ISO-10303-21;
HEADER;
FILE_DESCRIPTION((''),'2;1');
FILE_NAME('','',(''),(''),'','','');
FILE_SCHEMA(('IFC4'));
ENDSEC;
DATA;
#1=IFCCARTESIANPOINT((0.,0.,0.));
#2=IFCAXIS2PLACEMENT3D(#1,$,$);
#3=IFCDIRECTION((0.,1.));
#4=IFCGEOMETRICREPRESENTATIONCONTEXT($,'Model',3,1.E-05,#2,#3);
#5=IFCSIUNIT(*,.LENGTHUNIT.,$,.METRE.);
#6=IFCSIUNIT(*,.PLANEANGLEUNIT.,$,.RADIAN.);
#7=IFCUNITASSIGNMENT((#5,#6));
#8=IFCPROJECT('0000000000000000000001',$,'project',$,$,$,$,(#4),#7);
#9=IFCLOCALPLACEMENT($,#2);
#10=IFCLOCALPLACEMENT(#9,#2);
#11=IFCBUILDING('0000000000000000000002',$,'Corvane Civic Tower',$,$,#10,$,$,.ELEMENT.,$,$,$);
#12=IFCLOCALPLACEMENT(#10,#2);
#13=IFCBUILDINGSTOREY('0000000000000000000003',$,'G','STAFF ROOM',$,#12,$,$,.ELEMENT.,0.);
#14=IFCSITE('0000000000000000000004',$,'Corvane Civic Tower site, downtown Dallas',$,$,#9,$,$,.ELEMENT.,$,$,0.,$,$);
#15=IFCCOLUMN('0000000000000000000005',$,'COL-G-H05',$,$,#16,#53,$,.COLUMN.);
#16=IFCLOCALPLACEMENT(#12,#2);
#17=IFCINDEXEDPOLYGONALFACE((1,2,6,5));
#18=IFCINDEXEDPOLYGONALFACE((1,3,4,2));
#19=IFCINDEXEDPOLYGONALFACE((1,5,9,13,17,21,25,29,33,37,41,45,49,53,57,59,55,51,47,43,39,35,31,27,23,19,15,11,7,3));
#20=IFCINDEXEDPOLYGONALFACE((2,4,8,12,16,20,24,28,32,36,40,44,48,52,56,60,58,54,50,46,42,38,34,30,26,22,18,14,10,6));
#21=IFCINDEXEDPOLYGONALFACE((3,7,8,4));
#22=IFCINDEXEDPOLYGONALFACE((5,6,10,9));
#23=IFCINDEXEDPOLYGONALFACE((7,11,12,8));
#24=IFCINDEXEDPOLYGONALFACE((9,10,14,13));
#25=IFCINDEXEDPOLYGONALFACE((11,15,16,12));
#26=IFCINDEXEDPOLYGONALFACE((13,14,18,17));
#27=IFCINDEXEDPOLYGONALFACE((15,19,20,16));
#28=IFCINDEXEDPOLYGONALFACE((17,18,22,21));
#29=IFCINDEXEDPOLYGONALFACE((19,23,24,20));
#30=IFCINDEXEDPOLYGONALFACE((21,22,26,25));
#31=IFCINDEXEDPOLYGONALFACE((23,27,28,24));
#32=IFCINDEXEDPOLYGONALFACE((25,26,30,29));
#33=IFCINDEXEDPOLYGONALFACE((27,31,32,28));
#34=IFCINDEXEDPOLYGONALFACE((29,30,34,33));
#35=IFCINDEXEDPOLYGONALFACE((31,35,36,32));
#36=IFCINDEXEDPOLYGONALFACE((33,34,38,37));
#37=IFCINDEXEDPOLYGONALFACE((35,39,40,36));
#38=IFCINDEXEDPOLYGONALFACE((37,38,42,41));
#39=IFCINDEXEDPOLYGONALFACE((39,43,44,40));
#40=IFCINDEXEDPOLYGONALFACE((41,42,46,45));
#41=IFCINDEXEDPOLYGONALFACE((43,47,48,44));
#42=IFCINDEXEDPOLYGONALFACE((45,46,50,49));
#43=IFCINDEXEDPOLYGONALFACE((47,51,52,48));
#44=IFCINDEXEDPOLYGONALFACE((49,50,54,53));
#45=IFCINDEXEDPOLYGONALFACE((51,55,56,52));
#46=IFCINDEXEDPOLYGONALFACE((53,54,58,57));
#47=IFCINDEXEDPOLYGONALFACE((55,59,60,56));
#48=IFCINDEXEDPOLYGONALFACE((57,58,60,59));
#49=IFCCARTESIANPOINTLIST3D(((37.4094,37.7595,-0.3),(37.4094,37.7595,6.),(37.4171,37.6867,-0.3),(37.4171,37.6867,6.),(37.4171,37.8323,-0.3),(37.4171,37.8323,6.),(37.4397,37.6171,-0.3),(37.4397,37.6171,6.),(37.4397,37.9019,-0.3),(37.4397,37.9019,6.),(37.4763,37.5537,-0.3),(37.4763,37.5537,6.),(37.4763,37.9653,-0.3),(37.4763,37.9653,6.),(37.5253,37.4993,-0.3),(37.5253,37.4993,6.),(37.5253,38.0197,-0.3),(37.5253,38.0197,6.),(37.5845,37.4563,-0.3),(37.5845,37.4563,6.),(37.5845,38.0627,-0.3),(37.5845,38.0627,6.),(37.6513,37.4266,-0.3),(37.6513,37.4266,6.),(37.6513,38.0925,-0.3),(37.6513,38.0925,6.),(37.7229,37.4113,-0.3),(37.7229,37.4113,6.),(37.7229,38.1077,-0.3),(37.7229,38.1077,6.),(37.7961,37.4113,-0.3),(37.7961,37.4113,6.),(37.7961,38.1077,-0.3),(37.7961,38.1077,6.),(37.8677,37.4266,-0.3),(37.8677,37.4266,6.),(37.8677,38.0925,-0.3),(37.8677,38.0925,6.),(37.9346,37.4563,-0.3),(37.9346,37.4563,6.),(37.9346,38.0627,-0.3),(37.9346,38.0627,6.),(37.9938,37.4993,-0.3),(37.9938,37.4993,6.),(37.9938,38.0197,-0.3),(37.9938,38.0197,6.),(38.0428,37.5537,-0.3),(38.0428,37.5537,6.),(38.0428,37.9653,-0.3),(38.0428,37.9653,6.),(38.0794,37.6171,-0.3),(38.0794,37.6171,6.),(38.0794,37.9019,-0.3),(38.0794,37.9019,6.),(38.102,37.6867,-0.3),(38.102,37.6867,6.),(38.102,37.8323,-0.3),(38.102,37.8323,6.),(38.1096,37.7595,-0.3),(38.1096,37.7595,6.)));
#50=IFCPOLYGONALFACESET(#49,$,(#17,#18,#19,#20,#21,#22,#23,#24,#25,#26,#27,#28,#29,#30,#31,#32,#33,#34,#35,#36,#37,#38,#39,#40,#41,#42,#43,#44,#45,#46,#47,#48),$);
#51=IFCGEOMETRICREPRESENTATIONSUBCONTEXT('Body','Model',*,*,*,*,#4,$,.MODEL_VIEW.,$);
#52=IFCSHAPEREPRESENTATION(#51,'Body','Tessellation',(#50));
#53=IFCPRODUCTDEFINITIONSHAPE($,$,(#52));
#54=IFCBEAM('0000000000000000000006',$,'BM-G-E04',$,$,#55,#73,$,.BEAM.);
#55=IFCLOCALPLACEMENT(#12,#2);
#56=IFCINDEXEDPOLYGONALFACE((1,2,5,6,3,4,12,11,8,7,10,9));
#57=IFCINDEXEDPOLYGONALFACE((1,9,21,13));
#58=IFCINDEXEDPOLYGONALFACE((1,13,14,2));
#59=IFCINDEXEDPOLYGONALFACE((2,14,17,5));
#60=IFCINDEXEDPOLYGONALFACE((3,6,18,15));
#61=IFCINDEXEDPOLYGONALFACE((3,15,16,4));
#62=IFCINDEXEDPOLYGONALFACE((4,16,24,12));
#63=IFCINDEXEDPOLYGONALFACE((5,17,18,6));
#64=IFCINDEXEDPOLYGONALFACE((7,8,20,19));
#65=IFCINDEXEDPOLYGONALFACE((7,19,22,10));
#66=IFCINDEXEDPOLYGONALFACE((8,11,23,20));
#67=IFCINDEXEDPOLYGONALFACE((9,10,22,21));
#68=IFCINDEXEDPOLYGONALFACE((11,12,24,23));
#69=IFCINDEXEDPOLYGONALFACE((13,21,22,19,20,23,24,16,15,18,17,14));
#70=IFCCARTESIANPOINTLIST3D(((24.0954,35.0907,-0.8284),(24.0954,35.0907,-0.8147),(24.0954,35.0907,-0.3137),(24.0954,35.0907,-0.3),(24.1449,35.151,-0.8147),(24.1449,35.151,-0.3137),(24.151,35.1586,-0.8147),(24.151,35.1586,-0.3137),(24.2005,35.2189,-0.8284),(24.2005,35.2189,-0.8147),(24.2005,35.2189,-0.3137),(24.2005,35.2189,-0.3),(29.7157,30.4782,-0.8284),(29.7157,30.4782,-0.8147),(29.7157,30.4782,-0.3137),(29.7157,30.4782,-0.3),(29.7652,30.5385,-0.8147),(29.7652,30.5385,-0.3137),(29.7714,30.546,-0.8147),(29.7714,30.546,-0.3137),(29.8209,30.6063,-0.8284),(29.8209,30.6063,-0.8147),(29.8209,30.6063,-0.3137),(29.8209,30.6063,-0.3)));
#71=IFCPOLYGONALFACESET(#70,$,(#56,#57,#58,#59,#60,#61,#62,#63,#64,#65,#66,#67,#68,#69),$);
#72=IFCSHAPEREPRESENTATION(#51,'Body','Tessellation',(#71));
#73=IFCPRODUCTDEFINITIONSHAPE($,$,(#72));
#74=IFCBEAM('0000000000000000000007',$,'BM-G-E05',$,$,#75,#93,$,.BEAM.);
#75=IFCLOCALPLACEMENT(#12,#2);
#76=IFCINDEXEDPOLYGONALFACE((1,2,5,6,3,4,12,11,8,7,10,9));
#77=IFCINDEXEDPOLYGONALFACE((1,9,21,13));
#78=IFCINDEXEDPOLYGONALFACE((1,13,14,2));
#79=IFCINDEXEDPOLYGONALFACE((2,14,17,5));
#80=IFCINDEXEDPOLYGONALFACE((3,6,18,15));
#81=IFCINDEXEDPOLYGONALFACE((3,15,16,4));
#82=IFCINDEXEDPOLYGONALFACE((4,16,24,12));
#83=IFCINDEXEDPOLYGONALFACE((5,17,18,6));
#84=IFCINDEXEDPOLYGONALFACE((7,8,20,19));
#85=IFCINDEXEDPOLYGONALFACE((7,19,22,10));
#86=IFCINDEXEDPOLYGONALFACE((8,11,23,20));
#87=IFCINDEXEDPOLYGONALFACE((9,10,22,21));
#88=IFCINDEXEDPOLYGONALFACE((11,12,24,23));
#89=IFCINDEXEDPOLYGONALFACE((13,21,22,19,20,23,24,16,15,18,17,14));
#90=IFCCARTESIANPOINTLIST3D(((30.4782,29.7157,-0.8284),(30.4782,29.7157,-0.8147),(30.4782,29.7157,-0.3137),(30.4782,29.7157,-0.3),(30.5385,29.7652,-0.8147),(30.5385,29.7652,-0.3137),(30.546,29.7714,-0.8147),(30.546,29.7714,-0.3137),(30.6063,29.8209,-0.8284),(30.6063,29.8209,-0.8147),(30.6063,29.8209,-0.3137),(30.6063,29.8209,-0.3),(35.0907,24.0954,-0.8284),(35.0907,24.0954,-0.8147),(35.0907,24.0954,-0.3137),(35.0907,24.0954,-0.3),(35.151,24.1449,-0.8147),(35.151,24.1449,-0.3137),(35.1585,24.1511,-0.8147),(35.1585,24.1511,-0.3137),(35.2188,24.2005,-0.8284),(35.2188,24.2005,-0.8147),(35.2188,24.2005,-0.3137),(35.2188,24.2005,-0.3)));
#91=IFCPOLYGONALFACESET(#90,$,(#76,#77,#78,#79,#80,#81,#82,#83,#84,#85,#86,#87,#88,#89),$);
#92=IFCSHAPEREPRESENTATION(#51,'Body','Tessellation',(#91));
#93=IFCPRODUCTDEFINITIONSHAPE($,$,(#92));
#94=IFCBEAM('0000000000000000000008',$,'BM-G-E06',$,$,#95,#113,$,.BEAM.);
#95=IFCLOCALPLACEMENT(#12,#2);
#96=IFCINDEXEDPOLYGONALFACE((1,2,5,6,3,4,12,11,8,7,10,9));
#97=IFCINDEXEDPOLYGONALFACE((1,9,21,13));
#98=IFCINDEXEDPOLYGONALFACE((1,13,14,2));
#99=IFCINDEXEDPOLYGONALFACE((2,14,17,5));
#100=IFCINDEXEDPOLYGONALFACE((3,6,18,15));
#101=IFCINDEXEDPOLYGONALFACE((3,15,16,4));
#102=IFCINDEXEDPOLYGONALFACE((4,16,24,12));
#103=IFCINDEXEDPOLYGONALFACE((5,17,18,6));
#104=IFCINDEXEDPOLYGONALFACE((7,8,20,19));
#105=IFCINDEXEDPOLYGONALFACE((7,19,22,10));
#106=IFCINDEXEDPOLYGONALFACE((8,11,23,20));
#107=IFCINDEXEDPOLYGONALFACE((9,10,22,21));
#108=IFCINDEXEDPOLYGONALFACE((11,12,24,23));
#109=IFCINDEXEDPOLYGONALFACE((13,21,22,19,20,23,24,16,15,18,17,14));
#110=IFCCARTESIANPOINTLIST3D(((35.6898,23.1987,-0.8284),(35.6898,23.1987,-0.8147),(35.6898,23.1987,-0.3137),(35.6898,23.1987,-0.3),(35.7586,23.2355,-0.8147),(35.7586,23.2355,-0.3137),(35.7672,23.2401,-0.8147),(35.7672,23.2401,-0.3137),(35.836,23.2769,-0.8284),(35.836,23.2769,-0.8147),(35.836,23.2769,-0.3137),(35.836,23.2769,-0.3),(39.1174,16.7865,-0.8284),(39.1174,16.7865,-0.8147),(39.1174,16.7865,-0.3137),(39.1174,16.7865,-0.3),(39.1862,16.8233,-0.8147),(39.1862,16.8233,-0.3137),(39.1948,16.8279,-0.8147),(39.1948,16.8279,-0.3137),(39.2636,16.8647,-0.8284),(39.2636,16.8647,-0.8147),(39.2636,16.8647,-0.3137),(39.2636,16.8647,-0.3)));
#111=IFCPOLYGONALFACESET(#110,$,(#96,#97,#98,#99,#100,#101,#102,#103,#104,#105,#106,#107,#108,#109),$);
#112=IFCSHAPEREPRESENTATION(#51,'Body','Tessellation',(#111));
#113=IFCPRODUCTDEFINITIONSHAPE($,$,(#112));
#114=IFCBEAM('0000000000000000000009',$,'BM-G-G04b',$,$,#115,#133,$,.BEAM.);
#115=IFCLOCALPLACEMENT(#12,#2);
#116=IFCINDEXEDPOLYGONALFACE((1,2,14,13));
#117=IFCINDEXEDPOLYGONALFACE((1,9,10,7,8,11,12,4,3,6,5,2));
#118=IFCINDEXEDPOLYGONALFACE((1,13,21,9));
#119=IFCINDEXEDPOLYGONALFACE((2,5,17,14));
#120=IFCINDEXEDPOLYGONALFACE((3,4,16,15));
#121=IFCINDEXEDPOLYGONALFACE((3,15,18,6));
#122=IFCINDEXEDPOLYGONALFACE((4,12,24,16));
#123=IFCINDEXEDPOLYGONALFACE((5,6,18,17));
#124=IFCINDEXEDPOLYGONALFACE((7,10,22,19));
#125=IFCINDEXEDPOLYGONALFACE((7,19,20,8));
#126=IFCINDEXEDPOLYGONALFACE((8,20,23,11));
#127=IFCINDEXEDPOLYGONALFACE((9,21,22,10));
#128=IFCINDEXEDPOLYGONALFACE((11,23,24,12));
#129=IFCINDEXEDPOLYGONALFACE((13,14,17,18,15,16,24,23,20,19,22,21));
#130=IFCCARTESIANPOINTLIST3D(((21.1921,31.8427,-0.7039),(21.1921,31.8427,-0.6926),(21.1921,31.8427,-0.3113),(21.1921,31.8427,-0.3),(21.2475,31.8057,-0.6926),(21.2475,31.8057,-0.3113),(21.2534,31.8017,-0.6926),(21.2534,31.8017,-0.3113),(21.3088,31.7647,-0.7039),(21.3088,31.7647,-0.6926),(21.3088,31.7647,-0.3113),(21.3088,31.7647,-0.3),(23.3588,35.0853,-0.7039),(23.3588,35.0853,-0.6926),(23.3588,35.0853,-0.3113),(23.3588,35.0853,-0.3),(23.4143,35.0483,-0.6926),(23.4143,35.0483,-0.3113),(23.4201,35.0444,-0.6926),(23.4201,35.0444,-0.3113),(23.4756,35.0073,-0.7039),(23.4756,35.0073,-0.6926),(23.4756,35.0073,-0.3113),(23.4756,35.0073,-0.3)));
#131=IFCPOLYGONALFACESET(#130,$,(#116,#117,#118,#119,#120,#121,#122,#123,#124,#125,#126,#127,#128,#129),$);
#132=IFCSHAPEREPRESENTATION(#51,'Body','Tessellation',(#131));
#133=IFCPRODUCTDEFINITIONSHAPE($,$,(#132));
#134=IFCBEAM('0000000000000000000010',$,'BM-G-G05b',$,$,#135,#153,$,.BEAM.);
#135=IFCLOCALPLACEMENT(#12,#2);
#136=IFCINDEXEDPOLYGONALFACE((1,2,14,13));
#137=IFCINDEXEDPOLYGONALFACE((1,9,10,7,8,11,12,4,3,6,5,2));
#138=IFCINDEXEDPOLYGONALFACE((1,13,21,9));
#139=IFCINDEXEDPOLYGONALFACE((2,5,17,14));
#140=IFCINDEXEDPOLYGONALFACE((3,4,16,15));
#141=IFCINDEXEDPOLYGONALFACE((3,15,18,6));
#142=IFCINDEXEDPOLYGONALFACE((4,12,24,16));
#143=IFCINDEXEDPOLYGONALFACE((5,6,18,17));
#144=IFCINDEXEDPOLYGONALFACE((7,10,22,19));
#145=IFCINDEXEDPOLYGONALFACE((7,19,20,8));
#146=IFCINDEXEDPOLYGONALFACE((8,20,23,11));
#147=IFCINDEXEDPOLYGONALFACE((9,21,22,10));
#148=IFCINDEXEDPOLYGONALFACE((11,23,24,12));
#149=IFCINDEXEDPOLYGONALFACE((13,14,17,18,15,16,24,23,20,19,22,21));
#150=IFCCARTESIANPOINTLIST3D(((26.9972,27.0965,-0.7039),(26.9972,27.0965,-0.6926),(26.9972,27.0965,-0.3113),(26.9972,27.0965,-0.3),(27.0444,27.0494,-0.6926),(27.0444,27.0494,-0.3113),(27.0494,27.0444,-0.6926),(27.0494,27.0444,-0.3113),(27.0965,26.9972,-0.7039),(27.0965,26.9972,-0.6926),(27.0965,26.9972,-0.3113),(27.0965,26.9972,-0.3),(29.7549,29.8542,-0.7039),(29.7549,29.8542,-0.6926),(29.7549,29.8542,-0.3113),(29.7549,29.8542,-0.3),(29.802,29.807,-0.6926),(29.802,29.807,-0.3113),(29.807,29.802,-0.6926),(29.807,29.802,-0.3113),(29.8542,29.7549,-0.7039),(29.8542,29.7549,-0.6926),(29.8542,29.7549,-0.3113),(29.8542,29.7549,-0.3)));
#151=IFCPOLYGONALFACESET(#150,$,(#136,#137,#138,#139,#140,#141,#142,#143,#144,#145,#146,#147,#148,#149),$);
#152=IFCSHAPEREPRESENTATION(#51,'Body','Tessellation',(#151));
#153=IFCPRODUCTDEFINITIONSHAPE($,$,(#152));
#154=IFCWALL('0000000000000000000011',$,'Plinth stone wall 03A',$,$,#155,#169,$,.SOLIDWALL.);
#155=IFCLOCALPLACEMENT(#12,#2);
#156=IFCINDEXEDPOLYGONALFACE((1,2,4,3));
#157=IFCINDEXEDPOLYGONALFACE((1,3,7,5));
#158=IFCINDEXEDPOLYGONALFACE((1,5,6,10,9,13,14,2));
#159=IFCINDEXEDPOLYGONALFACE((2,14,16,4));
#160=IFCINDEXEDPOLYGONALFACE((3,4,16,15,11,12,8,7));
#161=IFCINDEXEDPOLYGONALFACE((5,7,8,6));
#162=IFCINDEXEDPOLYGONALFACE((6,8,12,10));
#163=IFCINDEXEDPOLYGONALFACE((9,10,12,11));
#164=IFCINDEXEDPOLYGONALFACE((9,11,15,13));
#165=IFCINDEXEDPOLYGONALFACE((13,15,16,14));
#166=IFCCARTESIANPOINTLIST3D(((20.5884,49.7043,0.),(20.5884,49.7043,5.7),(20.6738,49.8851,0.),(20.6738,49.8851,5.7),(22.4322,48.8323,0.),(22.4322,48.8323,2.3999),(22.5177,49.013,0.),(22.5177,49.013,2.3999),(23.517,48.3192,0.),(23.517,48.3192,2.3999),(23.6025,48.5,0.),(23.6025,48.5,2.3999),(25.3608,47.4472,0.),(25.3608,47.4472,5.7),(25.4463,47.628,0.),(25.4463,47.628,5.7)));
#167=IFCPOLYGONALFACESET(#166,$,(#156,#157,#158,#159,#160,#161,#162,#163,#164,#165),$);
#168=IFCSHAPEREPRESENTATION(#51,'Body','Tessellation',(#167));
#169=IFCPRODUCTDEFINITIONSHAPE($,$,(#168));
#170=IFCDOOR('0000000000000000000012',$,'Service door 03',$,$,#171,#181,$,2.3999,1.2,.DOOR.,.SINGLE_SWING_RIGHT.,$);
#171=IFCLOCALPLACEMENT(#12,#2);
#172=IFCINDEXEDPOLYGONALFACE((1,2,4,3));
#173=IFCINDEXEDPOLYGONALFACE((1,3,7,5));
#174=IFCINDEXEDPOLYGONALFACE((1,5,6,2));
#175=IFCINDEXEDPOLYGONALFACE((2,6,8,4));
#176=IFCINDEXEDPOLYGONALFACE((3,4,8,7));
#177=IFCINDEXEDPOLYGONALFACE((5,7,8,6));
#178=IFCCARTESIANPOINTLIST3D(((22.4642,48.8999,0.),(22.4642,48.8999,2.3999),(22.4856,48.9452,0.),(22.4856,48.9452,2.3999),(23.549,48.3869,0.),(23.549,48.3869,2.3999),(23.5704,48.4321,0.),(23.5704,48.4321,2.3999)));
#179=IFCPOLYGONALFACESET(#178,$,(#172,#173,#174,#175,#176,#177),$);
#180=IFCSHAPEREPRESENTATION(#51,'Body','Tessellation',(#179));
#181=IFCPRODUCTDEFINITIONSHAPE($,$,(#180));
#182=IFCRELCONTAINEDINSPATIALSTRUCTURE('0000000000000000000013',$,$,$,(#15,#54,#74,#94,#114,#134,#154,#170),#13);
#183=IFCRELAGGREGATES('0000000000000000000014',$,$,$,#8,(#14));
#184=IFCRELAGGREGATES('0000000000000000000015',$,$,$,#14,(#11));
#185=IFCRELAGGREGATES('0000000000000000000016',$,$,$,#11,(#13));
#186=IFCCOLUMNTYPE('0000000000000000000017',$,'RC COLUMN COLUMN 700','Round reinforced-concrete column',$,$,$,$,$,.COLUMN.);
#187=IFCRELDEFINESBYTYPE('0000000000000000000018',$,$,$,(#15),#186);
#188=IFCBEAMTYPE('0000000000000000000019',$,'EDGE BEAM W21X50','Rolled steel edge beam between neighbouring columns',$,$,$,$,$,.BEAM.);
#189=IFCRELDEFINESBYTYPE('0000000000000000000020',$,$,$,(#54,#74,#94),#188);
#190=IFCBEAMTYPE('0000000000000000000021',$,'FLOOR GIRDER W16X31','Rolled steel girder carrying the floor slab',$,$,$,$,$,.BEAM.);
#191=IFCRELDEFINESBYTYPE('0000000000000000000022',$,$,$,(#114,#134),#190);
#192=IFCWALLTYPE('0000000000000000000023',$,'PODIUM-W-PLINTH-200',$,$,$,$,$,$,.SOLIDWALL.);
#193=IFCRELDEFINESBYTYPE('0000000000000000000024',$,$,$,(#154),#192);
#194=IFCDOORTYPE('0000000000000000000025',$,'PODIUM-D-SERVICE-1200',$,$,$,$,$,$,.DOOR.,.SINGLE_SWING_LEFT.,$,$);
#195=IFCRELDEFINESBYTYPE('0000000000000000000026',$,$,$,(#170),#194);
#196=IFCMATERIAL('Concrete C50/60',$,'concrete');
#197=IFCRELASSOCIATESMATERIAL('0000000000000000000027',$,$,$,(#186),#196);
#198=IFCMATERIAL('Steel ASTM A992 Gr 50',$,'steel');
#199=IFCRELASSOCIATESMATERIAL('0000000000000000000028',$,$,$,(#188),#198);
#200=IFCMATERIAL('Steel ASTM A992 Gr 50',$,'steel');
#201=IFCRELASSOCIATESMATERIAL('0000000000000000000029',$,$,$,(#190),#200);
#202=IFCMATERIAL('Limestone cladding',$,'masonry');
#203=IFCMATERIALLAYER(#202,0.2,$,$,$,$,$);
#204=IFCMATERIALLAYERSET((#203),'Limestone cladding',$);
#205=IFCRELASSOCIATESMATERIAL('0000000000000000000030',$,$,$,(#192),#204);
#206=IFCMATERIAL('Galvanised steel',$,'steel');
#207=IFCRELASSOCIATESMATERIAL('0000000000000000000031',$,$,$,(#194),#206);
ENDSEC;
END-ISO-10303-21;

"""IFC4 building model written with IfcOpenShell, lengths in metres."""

from ifc_helpers import new_model, si_unit, direction, frame, frame_2d, origin, origin_2d, place, context, subcontext, project, spatial, rectangle, circle, i_section, extrude, material, layer, layer_set, material_profile, profile_set, type_object, element, fill, save


model = new_model("IFC4")

# Units and contexts
model_context = context("Model", 3, precision=1e-05, world=origin(), true_north=direction((0.0, 1.0)))
body_context = subcontext(model_context, "Body", "Model", "MODEL_VIEW")
ifc_project = project(units=[si_unit("LENGTHUNIT", "METRE"), si_unit("PLANEANGLEUNIT", "RADIAN")], contexts=[model_context])

# Site, building, storey
site_placement = place(None, origin())
site = spatial("IfcSite", under=ifc_project, at=site_placement, Name="Corvane Civic Tower site, downtown Dallas", CompositionType="ELEMENT", RefElevation=0.0)
building_placement = place(site_placement, origin())
building = spatial("IfcBuilding", under=site, at=building_placement, Name="Corvane Civic Tower", CompositionType="ELEMENT")
storey_placement = place(building_placement, origin())
storey = spatial("IfcBuildingStorey", under=building, at=storey_placement, Name="G", Description="STAFF ROOM", CompositionType="ELEMENT", Elevation=0.0)

# Column
ifc_material_1 = material(Name="Concrete C50/60", Category="concrete")
ifc_material_profile_1 = material_profile(ifc_material_1, circle(Radius=0.3501, at=origin_2d()), Name="COLUMN 700")
ifc_profile_set_1 = profile_set([ifc_material_profile_1], Name="Concrete C50/60")
column_type_1 = type_object("IfcColumnType", Name="RC COLUMN COLUMN 700", Description="Round reinforced-concrete column", PredefinedType="COLUMN", material=ifc_profile_set_1)
for number, where, z_axis, x_axis, name in (
    (1, (37.7595, 37.7595, -0.3), (0.0, 0.0, 1.0), (1.0, 0.0, 0.0), "COL-G-H05"),
):
    element("IfcColumn", number, at=place(storey_placement, frame(where, z_axis=z_axis, x_axis=x_axis)), inside=storey, type_object=column_type_1, Name=name, PredefinedType="COLUMN", context=body_context, shape_type="SweptSolid", body=[
        extrude(circle(Radius=0.3501, at=origin_2d()), origin(), (0.0, 0.0, 1.0), 6.3),
    ])

# Beams
ifc_material_2 = material(Name="Steel ASTM A992 Gr 50", Category="steel")
ifc_material_profile_2 = material_profile(ifc_material_2, i_section(OverallWidth=0.1658, OverallDepth=0.5283, WebThickness=0.0098, FlangeThickness=0.0137, at=origin_2d()), Name="W21X50")
ifc_profile_set_2 = profile_set([ifc_material_profile_2], Name="Steel ASTM A992 Gr 50")
beam_type_1 = type_object("IfcBeamType", Name="EDGE BEAM W21X50", Description="Rolled steel edge beam between neighbouring columns", PredefinedType="BEAM", material=ifc_profile_set_2)
for number, where, z_axis, x_axis, name in (
    (2, (24.1479, 35.1548, -0.5642), (0.773008, -0.634396, 0.0), (0.634396, 0.773008, 0.0), "BM-G-E04"),
    (3, (30.5422, 29.7683, -0.5642), (0.634396, -0.773008, 0.0), (0.773008, 0.634396, 0.0), "BM-G-E05"),
    (4, (35.7629, 23.2378, -0.5642), (0.471412, -0.881913, 0.0), (0.881913, 0.471412, 0.0), "BM-G-E06"),
):
    element("IfcBeam", number, at=place(storey_placement, frame(where, z_axis=z_axis, x_axis=x_axis)), inside=storey, type_object=beam_type_1, Name=name, PredefinedType="BEAM", context=body_context, shape_type="SweptSolid", body=[
        extrude(i_section(OverallWidth=0.1658, OverallDepth=0.5283, WebThickness=0.0098, FlangeThickness=0.0137, at=origin_2d()), origin(), (0.0, 0.0, 1.0), 7.2708),
    ])
ifc_material_3 = material(Name="Steel ASTM A992 Gr 50", Category="steel")
ifc_material_profile_3 = material_profile(ifc_material_3, i_section(OverallWidth=0.1404, OverallDepth=0.4038, WebThickness=0.0071, FlangeThickness=0.0112, at=origin_2d()), Name="W16X31")
ifc_profile_set_3 = profile_set([ifc_material_profile_3], Name="Steel ASTM A992 Gr 50")
beam_type_2 = type_object("IfcBeamType", Name="FLOOR GIRDER W16X31", Description="Rolled steel girder carrying the floor slab", PredefinedType="BEAM", material=ifc_profile_set_3)
for number, where, z_axis, x_axis, name in (
    (5, (21.2505, 31.8037, -0.502), (0.555581, 0.831462, 0.0), (-0.831462, 0.555581, 0.0), "BM-G-G04b"),
    (6, (27.0469, 27.0469, -0.502), (0.707107, 0.707107, 0.0), (-0.707107, 0.707107, 0.0), "BM-G-G05b"),
):
    element("IfcBeam", number, at=place(storey_placement, frame(where, z_axis=z_axis, x_axis=x_axis)), inside=storey, type_object=beam_type_2, Name=name, PredefinedType="BEAM", context=body_context, shape_type="SweptSolid", body=[
        extrude(i_section(OverallWidth=0.1404, OverallDepth=0.4038, WebThickness=0.0071, FlangeThickness=0.0112, at=origin_2d()), origin(), (0.0, 0.0, 1.0), 3.8999),
    ])

# Wall, opening, door
ifc_material_4 = material(Name="Limestone cladding", Category="masonry")
ifc_layer_1 = layer(ifc_material_4, 0.2)
ifc_layer_set_1 = layer_set([ifc_layer_1], Name="Limestone cladding")
wall_type_1 = type_object("IfcWallType", Name="PODIUM-W-PLINTH-200", PredefinedType="SOLIDWALL", material=ifc_layer_set_1)
wall_1_placement = place(storey_placement, frame((20.6311, 49.7947, 0.0), z_axis=(0.0, 0.0, 1.0), x_axis=(0.903999, -0.427536, 0.0)))
wall_1 = element("IfcWall", 7, at=wall_1_placement, inside=storey, type_object=wall_type_1, Name="Plinth stone wall 03A", PredefinedType="SOLIDWALL", context=body_context, shape_type="SweptSolid", body=[
    extrude(rectangle(XDim=5.2793, YDim=0.2, at=frame_2d((2.6396, 0.0))), origin(), (0.0, 0.0, 1.0), 5.7),
])
opening_1_placement = place(wall_1_placement, frame((2.0396, 0.0, 0.0)))
opening_1 = element("IfcOpeningElement", 8, at=opening_1_placement, cuts=wall_1, PredefinedType="OPENING", context=body_context, shape_type="SweptSolid", body=[
    extrude(rectangle(XDim=1.2, YDim=2.3999, at=frame_2d((0.6001, 1.2))), frame((0.0, 0.1099, 0.0), z_axis=(0.0, -1.0, 0.0), x_axis=(1.0, 0.0, 0.0)), (0.0, 0.0, 1.0), 0.22),
])
ifc_material_5 = material(Name="Galvanised steel", Category="steel")
door_type_1 = type_object("IfcDoorType", Name="PODIUM-D-SERVICE-1200", OperationType="SINGLE_SWING_LEFT", PredefinedType="DOOR", material=ifc_material_5)
door_1_placement = place(opening_1_placement, origin())
door_1 = element("IfcDoor", 9, at=door_1_placement, inside=storey, type_object=door_type_1, Name="Service door 03", OperationType="SINGLE_SWING_RIGHT", OverallHeight=2.3999, OverallWidth=1.2, PredefinedType="DOOR", context=body_context, shape_type="SweptSolid", body=[
    extrude(rectangle(XDim=1.2, YDim=2.3999, at=frame_2d((0.6001, 1.2))), frame((0.0, 0.0249, 0.0), z_axis=(0.0, -1.0, 0.0), x_axis=(1.0, 0.0, 0.0)), (0.0, 0.0, 1.0), 0.05),
])
fill(opening_1, door_1)

save(model, "model.ifc")
